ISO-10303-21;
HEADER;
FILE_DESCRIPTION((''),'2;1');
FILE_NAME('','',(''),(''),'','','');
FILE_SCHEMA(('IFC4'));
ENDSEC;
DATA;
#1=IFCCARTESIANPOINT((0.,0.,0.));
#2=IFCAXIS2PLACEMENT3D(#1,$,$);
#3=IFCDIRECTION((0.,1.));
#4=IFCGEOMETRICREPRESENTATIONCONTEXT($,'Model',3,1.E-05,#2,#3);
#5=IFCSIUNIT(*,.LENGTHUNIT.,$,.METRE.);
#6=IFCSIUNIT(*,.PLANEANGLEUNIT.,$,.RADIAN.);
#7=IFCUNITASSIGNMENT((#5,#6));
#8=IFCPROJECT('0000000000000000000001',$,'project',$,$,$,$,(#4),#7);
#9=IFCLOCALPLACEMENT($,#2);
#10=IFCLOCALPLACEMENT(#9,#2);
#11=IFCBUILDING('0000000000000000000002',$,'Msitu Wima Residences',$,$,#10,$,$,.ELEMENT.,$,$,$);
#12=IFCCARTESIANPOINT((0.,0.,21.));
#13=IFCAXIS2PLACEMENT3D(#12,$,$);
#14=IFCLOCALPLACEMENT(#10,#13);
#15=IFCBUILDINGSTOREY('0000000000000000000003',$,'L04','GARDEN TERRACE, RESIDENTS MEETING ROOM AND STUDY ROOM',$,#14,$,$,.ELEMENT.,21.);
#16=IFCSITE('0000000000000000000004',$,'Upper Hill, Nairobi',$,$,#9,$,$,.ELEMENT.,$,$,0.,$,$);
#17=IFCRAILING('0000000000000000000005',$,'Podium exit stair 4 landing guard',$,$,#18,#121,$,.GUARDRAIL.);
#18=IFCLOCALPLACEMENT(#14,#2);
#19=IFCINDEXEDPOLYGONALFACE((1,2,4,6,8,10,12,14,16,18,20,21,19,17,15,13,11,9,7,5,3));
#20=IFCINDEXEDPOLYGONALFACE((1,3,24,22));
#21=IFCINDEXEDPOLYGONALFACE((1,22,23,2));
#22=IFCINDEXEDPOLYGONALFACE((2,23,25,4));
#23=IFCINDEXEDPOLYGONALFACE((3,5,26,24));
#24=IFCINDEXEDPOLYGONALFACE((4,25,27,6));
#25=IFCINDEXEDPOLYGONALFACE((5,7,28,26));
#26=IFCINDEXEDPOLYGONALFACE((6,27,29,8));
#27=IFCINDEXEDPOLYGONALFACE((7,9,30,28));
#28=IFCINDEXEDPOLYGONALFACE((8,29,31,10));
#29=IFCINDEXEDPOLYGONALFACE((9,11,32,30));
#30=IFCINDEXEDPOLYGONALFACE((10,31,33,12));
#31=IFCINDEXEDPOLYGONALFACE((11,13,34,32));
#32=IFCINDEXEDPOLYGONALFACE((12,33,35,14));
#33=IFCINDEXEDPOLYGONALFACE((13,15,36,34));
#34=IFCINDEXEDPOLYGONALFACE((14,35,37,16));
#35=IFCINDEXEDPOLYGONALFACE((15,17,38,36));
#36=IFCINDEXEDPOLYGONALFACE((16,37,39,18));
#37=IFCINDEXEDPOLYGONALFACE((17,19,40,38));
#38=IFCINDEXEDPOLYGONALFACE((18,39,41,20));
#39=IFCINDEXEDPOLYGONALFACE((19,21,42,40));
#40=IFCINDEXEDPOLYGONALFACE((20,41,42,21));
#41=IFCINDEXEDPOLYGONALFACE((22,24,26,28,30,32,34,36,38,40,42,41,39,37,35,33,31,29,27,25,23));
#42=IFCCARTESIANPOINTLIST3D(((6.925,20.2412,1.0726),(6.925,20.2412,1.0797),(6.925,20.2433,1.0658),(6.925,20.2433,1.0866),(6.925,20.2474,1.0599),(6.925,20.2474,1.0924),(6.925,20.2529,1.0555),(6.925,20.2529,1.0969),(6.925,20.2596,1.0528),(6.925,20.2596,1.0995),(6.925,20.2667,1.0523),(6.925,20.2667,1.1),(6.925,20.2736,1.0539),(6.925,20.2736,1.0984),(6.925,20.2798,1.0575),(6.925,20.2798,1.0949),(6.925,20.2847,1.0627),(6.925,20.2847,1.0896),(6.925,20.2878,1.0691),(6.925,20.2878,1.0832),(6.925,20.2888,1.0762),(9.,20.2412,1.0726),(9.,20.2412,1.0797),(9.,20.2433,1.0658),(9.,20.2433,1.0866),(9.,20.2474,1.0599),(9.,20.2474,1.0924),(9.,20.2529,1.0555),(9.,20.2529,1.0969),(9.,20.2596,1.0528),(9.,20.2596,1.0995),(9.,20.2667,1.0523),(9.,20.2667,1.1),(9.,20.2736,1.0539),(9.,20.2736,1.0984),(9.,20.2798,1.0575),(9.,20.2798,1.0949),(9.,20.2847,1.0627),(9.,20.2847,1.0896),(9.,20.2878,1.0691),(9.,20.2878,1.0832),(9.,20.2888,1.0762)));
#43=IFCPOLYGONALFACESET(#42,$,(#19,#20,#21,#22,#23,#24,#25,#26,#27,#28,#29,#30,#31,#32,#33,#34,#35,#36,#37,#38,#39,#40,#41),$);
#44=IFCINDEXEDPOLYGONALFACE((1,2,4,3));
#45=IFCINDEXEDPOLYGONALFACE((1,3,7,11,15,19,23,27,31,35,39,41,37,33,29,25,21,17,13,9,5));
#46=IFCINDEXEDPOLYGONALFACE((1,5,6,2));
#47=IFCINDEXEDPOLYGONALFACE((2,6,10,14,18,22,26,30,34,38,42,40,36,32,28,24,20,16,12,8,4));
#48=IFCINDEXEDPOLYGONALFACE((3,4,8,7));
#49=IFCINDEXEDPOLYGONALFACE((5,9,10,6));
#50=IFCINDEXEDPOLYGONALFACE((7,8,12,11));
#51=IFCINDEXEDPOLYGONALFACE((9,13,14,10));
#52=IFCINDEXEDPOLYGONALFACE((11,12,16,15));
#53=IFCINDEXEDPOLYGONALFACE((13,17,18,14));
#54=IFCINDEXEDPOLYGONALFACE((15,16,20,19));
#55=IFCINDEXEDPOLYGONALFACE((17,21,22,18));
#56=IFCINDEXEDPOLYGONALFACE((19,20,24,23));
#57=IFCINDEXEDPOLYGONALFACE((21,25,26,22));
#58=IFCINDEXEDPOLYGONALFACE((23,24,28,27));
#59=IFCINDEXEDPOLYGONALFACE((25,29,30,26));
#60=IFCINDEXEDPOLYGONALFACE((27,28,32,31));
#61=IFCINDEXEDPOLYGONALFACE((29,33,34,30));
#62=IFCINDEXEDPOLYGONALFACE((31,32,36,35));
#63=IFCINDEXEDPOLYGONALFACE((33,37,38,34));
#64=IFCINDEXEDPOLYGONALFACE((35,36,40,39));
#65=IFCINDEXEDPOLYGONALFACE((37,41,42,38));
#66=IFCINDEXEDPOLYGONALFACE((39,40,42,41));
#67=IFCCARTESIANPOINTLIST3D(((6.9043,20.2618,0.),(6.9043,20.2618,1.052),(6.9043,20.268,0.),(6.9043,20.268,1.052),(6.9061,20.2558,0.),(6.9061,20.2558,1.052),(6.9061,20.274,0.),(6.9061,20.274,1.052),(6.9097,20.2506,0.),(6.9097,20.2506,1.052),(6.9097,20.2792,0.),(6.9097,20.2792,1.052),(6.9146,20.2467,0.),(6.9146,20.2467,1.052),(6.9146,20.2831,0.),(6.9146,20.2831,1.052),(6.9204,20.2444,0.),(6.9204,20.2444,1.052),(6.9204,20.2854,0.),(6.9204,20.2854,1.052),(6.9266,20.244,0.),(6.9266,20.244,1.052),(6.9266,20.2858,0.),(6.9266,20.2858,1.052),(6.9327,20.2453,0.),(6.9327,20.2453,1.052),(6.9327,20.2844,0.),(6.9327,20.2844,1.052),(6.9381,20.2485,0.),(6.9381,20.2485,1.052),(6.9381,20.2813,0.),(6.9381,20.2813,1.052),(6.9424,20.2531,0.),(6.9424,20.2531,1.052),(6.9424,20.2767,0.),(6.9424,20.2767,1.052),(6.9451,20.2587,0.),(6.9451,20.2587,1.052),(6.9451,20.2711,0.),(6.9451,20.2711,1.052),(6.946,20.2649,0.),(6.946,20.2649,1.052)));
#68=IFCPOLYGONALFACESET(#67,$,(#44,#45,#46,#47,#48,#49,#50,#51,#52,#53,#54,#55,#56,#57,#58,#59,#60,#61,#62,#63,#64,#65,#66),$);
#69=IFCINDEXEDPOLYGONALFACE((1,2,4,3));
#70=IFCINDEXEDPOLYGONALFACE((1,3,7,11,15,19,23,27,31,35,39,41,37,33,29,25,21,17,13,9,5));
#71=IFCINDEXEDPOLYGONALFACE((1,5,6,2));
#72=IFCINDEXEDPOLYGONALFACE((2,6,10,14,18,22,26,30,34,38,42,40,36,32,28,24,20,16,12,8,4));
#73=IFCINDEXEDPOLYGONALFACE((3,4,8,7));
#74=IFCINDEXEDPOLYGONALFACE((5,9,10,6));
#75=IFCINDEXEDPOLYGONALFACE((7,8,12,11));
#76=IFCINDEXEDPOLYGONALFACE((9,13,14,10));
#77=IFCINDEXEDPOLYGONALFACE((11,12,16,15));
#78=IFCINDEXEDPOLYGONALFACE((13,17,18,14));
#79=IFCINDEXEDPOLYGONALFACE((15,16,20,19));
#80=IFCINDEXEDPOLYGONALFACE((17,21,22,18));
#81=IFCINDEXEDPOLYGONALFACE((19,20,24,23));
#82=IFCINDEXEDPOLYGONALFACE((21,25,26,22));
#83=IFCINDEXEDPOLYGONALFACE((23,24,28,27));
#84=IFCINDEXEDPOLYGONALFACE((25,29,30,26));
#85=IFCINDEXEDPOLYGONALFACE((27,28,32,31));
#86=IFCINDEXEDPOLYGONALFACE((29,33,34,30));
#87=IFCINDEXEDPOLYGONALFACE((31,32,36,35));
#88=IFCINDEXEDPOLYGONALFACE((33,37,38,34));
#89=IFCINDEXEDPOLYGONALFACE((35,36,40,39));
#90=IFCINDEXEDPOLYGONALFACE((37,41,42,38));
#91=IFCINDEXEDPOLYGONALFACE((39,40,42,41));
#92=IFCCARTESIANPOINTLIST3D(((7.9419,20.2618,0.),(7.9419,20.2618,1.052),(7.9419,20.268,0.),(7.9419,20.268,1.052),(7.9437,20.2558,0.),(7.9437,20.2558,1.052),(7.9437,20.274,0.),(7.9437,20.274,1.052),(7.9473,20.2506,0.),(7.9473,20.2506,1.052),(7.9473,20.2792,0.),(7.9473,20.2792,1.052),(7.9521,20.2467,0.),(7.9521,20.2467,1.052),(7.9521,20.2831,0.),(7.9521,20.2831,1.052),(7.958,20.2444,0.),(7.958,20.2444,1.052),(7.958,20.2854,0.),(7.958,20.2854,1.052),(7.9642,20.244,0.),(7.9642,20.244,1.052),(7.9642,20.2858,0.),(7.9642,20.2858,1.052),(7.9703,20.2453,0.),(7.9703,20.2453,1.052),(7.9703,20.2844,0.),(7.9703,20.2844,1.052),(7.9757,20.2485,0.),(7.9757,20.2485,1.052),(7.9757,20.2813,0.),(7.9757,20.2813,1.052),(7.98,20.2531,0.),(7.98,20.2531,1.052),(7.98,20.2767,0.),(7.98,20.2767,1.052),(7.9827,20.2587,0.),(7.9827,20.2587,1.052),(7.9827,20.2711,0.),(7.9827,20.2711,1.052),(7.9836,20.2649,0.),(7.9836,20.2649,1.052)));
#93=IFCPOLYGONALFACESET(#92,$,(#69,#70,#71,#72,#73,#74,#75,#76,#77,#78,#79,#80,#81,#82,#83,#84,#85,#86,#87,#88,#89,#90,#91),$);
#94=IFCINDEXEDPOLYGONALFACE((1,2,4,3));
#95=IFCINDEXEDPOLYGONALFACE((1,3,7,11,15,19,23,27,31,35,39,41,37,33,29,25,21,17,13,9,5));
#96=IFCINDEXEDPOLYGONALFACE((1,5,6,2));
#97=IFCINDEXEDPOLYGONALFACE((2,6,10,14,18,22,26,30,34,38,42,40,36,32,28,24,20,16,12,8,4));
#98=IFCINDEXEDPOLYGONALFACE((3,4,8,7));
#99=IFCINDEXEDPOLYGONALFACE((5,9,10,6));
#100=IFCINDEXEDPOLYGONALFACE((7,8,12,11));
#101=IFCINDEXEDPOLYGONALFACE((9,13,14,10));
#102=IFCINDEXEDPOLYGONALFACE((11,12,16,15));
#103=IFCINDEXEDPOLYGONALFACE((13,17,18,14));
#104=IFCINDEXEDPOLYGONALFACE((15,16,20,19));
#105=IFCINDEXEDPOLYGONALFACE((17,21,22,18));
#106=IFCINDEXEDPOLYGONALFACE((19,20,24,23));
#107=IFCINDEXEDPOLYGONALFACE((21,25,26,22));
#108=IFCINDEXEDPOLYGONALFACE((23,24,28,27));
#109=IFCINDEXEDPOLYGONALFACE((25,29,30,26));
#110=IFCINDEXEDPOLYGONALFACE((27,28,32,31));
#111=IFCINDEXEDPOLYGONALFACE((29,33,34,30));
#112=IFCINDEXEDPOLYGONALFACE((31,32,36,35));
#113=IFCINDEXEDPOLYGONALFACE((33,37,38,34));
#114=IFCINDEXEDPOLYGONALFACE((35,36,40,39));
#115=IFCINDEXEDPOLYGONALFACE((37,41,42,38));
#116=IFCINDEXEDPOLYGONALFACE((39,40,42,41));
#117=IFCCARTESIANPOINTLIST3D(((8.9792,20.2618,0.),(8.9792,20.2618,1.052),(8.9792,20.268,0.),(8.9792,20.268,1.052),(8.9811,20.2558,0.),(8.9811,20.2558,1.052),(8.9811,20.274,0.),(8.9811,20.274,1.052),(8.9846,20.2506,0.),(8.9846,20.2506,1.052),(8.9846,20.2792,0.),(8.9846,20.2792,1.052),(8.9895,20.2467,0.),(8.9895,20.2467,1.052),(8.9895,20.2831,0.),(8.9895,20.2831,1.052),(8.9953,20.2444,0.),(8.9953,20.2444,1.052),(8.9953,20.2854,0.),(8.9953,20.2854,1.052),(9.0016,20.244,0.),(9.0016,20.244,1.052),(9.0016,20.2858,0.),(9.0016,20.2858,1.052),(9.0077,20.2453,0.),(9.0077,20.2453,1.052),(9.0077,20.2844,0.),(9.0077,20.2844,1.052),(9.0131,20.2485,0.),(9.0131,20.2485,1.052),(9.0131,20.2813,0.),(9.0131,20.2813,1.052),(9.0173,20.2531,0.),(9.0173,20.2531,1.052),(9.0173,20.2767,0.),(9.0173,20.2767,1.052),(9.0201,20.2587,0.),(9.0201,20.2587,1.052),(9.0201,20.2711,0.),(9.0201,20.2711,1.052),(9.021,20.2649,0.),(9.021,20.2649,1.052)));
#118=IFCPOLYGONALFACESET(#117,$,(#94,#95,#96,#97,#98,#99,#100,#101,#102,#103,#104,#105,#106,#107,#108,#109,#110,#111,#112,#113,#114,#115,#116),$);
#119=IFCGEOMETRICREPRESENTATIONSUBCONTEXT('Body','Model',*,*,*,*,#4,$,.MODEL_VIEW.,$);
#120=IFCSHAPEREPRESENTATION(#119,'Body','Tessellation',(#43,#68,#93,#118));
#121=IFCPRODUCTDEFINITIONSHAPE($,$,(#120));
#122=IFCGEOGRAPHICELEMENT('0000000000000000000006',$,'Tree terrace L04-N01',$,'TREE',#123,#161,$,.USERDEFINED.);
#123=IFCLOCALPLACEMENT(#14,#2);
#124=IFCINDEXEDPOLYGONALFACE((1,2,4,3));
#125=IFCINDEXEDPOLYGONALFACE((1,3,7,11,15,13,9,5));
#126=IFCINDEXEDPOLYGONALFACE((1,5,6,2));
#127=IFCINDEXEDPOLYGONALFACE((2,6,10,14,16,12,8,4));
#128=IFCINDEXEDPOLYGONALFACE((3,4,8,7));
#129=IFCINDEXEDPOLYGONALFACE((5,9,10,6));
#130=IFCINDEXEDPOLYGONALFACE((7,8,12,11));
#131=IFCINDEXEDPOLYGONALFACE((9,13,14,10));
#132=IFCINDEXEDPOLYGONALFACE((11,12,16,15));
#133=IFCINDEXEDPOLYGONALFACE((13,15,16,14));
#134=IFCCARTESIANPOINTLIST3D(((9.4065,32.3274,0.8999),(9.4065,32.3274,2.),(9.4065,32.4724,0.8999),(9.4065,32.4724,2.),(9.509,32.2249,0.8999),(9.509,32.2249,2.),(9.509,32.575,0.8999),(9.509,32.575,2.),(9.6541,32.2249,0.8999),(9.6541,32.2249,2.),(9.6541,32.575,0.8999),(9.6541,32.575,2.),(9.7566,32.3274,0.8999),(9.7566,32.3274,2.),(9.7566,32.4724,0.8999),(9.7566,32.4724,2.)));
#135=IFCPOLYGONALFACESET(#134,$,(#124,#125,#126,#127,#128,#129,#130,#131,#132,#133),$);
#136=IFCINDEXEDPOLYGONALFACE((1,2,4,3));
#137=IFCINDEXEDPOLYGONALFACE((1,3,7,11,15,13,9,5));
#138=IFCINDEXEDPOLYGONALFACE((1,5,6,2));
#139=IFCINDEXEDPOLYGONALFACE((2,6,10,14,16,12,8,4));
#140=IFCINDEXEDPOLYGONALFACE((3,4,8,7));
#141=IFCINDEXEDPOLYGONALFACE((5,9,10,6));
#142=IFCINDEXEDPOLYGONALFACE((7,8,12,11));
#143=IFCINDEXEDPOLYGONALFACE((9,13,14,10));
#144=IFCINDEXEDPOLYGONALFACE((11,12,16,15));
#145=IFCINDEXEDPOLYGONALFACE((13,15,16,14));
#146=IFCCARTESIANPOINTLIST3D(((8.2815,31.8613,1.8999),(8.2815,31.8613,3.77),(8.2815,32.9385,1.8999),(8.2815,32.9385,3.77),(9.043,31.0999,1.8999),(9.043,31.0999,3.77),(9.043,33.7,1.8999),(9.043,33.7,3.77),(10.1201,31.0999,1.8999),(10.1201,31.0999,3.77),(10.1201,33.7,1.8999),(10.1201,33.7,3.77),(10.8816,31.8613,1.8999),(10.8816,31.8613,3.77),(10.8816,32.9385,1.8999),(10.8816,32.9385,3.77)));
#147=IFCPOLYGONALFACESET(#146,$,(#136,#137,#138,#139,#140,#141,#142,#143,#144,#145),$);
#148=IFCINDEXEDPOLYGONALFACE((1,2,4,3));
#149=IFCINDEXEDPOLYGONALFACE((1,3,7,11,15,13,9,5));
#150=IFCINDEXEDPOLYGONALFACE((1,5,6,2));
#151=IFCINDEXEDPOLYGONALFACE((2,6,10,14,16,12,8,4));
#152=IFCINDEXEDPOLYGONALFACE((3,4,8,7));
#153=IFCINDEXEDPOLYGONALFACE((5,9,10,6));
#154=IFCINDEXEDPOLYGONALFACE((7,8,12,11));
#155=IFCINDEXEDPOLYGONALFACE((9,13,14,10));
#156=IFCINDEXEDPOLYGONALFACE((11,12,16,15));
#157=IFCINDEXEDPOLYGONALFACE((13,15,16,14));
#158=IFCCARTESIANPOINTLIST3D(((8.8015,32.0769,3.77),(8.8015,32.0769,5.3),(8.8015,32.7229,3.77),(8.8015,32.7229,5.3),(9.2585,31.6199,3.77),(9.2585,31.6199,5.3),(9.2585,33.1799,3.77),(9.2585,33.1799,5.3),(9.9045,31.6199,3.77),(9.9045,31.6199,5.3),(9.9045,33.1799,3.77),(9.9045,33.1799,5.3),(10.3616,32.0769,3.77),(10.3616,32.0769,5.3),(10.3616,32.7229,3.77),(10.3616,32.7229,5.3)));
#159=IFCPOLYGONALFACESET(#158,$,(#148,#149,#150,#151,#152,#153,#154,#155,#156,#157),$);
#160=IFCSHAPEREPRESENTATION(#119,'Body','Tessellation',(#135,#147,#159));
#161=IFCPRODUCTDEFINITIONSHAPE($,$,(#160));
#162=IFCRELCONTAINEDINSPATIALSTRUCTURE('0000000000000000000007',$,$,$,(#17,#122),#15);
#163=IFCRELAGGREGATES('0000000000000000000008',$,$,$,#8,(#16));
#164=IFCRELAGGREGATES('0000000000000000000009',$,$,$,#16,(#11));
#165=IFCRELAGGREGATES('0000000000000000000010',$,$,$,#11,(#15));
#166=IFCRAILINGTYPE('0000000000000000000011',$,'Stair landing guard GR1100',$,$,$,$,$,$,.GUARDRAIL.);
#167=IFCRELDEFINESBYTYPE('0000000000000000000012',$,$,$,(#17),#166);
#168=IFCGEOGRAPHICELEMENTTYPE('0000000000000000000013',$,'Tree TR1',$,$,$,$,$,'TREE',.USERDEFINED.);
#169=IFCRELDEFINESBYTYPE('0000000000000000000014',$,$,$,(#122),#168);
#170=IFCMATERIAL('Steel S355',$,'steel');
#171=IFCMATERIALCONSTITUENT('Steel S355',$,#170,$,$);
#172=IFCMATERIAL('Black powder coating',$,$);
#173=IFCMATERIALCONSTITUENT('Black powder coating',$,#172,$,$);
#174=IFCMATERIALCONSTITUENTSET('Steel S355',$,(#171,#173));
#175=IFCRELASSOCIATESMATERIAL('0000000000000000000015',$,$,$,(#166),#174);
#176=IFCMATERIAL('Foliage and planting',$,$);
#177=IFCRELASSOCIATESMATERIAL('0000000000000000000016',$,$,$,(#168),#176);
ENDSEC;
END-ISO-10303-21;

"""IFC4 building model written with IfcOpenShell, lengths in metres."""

from ifc_helpers import new_model, si_unit, direction, frame, origin, origin_2d, place, context, subcontext, project, spatial, polyline, circle, outline, extrude, material, constituent, constituent_set, type_object, element, save


model = new_model("IFC4")

# Units and contexts
model_context = context("Model", 3, precision=1e-05, world=origin(), true_north=direction((0.0, 1.0)))
body_context = subcontext(model_context, "Body", "Model", "MODEL_VIEW")
ifc_project = project(units=[si_unit("LENGTHUNIT", "METRE"), si_unit("PLANEANGLEUNIT", "RADIAN")], contexts=[model_context])

# Site, building, storey
site_placement = place(None, origin())
site = spatial("IfcSite", under=ifc_project, at=site_placement, Name="Upper Hill, Nairobi", CompositionType="ELEMENT", RefElevation=0.0)
building_placement = place(site_placement, origin())
building = spatial("IfcBuilding", under=site, at=building_placement, Name="Msitu Wima Residences", CompositionType="ELEMENT")
storey_placement = place(building_placement, frame((0.0, 0.0, 21.0)))
storey = spatial("IfcBuildingStorey", under=building, at=storey_placement, Name="L04", Description="GARDEN TERRACE, RESIDENTS MEETING ROOM AND STUDY ROOM", CompositionType="ELEMENT", Elevation=21.0)

# Railing
ifc_material_1 = material(Name="Steel S355", Category="steel")
ifc_material_2 = material(Name="Black powder coating")
ifc_constituent_1 = constituent(ifc_material_1, Name="Steel S355")
ifc_constituent_2 = constituent(ifc_material_2, Name="Black powder coating")
ifc_constituent_set_1 = constituent_set(constituents=[ifc_constituent_1, ifc_constituent_2], Name="Steel S355")
railing_type_1 = type_object("IfcRailingType", Name="Stair landing guard GR1100", PredefinedType="GUARDRAIL", material=ifc_constituent_set_1)
railing_placement = place(storey_placement, frame((6.925, 20.2649, 0.0)))
element("IfcRailing", 1, at=railing_placement, inside=storey, type_object=railing_type_1, Name="Podium exit stair 4 landing guard", PredefinedType="GUARDRAIL", context=body_context, shape_type="SweptSolid", body=[
    extrude(circle(Radius=0.0239, at=origin_2d()), frame((0.0, 0.0, 1.0762), z_axis=(1.0, 0.0, 0.0), x_axis=(0.0, 1.0, 0.0)), (0.0, 0.0, 1.0), 2.075),
    extrude(circle(Radius=0.021, at=origin_2d()), origin(), (0.0, 0.0, 1.0), 1.052),
    extrude(circle(Radius=0.021, at=origin_2d()), frame((1.0376, 0.0, 0.0)), (0.0, 0.0, 1.0), 1.052),
    extrude(circle(Radius=0.021, at=origin_2d()), frame((2.075, 0.0, 0.0)), (0.0, 0.0, 1.0), 1.052),
])

# Geographic element
ifc_material_3 = material(Name="Foliage and planting")
geographic_element_type = type_object("IfcGeographicElementType", Name="Tree TR1", ElementType="TREE", PredefinedType="USERDEFINED", material=ifc_material_3)
geographic_element_placement = place(storey_placement, frame((9.5815, 32.3999, 0.8999), z_axis=(0.0, 0.0, 1.0), x_axis=(1.0, 0.0, 0.0)))
element("IfcGeographicElement", 2, at=geographic_element_placement, inside=storey, type_object=geographic_element_type, Name="Tree terrace L04-N01", ObjectType="TREE", PredefinedType="USERDEFINED", context=body_context, shape_type="SweptSolid", body=[
    extrude(outline(polyline([(0.175, 0.0725), (0.0725, 0.175), (-0.0725, 0.175), (-0.175, 0.0725), (-0.175, -0.0725), (-0.0725, -0.175), (0.0725, -0.175), (0.175, -0.0725), (0.175, 0.0725)])), origin(), (0.0, 0.0, 1.0), 1.1001),
    extrude(outline(polyline([(1.3, 0.5386), (0.5386, 1.3), (-0.5386, 1.3), (-1.3, 0.5386), (-1.3, -0.5386), (-0.5386, -1.3), (0.5386, -1.3), (1.3, -0.5386), (1.3, 0.5386)])), frame((0.0, 0.0, 1.0)), (0.0, 0.0, 1.0), 1.8701),
    extrude(outline(polyline([(0.78, 0.323), (0.323, 0.78), (-0.323, 0.78), (-0.78, 0.323), (-0.78, -0.323), (-0.323, -0.78), (0.323, -0.78), (0.78, -0.323), (0.78, 0.323)])), frame((0.0, 0.0, 2.8701)), (0.0, 0.0, 1.0), 1.53),
])

save(model, "model.ifc")
